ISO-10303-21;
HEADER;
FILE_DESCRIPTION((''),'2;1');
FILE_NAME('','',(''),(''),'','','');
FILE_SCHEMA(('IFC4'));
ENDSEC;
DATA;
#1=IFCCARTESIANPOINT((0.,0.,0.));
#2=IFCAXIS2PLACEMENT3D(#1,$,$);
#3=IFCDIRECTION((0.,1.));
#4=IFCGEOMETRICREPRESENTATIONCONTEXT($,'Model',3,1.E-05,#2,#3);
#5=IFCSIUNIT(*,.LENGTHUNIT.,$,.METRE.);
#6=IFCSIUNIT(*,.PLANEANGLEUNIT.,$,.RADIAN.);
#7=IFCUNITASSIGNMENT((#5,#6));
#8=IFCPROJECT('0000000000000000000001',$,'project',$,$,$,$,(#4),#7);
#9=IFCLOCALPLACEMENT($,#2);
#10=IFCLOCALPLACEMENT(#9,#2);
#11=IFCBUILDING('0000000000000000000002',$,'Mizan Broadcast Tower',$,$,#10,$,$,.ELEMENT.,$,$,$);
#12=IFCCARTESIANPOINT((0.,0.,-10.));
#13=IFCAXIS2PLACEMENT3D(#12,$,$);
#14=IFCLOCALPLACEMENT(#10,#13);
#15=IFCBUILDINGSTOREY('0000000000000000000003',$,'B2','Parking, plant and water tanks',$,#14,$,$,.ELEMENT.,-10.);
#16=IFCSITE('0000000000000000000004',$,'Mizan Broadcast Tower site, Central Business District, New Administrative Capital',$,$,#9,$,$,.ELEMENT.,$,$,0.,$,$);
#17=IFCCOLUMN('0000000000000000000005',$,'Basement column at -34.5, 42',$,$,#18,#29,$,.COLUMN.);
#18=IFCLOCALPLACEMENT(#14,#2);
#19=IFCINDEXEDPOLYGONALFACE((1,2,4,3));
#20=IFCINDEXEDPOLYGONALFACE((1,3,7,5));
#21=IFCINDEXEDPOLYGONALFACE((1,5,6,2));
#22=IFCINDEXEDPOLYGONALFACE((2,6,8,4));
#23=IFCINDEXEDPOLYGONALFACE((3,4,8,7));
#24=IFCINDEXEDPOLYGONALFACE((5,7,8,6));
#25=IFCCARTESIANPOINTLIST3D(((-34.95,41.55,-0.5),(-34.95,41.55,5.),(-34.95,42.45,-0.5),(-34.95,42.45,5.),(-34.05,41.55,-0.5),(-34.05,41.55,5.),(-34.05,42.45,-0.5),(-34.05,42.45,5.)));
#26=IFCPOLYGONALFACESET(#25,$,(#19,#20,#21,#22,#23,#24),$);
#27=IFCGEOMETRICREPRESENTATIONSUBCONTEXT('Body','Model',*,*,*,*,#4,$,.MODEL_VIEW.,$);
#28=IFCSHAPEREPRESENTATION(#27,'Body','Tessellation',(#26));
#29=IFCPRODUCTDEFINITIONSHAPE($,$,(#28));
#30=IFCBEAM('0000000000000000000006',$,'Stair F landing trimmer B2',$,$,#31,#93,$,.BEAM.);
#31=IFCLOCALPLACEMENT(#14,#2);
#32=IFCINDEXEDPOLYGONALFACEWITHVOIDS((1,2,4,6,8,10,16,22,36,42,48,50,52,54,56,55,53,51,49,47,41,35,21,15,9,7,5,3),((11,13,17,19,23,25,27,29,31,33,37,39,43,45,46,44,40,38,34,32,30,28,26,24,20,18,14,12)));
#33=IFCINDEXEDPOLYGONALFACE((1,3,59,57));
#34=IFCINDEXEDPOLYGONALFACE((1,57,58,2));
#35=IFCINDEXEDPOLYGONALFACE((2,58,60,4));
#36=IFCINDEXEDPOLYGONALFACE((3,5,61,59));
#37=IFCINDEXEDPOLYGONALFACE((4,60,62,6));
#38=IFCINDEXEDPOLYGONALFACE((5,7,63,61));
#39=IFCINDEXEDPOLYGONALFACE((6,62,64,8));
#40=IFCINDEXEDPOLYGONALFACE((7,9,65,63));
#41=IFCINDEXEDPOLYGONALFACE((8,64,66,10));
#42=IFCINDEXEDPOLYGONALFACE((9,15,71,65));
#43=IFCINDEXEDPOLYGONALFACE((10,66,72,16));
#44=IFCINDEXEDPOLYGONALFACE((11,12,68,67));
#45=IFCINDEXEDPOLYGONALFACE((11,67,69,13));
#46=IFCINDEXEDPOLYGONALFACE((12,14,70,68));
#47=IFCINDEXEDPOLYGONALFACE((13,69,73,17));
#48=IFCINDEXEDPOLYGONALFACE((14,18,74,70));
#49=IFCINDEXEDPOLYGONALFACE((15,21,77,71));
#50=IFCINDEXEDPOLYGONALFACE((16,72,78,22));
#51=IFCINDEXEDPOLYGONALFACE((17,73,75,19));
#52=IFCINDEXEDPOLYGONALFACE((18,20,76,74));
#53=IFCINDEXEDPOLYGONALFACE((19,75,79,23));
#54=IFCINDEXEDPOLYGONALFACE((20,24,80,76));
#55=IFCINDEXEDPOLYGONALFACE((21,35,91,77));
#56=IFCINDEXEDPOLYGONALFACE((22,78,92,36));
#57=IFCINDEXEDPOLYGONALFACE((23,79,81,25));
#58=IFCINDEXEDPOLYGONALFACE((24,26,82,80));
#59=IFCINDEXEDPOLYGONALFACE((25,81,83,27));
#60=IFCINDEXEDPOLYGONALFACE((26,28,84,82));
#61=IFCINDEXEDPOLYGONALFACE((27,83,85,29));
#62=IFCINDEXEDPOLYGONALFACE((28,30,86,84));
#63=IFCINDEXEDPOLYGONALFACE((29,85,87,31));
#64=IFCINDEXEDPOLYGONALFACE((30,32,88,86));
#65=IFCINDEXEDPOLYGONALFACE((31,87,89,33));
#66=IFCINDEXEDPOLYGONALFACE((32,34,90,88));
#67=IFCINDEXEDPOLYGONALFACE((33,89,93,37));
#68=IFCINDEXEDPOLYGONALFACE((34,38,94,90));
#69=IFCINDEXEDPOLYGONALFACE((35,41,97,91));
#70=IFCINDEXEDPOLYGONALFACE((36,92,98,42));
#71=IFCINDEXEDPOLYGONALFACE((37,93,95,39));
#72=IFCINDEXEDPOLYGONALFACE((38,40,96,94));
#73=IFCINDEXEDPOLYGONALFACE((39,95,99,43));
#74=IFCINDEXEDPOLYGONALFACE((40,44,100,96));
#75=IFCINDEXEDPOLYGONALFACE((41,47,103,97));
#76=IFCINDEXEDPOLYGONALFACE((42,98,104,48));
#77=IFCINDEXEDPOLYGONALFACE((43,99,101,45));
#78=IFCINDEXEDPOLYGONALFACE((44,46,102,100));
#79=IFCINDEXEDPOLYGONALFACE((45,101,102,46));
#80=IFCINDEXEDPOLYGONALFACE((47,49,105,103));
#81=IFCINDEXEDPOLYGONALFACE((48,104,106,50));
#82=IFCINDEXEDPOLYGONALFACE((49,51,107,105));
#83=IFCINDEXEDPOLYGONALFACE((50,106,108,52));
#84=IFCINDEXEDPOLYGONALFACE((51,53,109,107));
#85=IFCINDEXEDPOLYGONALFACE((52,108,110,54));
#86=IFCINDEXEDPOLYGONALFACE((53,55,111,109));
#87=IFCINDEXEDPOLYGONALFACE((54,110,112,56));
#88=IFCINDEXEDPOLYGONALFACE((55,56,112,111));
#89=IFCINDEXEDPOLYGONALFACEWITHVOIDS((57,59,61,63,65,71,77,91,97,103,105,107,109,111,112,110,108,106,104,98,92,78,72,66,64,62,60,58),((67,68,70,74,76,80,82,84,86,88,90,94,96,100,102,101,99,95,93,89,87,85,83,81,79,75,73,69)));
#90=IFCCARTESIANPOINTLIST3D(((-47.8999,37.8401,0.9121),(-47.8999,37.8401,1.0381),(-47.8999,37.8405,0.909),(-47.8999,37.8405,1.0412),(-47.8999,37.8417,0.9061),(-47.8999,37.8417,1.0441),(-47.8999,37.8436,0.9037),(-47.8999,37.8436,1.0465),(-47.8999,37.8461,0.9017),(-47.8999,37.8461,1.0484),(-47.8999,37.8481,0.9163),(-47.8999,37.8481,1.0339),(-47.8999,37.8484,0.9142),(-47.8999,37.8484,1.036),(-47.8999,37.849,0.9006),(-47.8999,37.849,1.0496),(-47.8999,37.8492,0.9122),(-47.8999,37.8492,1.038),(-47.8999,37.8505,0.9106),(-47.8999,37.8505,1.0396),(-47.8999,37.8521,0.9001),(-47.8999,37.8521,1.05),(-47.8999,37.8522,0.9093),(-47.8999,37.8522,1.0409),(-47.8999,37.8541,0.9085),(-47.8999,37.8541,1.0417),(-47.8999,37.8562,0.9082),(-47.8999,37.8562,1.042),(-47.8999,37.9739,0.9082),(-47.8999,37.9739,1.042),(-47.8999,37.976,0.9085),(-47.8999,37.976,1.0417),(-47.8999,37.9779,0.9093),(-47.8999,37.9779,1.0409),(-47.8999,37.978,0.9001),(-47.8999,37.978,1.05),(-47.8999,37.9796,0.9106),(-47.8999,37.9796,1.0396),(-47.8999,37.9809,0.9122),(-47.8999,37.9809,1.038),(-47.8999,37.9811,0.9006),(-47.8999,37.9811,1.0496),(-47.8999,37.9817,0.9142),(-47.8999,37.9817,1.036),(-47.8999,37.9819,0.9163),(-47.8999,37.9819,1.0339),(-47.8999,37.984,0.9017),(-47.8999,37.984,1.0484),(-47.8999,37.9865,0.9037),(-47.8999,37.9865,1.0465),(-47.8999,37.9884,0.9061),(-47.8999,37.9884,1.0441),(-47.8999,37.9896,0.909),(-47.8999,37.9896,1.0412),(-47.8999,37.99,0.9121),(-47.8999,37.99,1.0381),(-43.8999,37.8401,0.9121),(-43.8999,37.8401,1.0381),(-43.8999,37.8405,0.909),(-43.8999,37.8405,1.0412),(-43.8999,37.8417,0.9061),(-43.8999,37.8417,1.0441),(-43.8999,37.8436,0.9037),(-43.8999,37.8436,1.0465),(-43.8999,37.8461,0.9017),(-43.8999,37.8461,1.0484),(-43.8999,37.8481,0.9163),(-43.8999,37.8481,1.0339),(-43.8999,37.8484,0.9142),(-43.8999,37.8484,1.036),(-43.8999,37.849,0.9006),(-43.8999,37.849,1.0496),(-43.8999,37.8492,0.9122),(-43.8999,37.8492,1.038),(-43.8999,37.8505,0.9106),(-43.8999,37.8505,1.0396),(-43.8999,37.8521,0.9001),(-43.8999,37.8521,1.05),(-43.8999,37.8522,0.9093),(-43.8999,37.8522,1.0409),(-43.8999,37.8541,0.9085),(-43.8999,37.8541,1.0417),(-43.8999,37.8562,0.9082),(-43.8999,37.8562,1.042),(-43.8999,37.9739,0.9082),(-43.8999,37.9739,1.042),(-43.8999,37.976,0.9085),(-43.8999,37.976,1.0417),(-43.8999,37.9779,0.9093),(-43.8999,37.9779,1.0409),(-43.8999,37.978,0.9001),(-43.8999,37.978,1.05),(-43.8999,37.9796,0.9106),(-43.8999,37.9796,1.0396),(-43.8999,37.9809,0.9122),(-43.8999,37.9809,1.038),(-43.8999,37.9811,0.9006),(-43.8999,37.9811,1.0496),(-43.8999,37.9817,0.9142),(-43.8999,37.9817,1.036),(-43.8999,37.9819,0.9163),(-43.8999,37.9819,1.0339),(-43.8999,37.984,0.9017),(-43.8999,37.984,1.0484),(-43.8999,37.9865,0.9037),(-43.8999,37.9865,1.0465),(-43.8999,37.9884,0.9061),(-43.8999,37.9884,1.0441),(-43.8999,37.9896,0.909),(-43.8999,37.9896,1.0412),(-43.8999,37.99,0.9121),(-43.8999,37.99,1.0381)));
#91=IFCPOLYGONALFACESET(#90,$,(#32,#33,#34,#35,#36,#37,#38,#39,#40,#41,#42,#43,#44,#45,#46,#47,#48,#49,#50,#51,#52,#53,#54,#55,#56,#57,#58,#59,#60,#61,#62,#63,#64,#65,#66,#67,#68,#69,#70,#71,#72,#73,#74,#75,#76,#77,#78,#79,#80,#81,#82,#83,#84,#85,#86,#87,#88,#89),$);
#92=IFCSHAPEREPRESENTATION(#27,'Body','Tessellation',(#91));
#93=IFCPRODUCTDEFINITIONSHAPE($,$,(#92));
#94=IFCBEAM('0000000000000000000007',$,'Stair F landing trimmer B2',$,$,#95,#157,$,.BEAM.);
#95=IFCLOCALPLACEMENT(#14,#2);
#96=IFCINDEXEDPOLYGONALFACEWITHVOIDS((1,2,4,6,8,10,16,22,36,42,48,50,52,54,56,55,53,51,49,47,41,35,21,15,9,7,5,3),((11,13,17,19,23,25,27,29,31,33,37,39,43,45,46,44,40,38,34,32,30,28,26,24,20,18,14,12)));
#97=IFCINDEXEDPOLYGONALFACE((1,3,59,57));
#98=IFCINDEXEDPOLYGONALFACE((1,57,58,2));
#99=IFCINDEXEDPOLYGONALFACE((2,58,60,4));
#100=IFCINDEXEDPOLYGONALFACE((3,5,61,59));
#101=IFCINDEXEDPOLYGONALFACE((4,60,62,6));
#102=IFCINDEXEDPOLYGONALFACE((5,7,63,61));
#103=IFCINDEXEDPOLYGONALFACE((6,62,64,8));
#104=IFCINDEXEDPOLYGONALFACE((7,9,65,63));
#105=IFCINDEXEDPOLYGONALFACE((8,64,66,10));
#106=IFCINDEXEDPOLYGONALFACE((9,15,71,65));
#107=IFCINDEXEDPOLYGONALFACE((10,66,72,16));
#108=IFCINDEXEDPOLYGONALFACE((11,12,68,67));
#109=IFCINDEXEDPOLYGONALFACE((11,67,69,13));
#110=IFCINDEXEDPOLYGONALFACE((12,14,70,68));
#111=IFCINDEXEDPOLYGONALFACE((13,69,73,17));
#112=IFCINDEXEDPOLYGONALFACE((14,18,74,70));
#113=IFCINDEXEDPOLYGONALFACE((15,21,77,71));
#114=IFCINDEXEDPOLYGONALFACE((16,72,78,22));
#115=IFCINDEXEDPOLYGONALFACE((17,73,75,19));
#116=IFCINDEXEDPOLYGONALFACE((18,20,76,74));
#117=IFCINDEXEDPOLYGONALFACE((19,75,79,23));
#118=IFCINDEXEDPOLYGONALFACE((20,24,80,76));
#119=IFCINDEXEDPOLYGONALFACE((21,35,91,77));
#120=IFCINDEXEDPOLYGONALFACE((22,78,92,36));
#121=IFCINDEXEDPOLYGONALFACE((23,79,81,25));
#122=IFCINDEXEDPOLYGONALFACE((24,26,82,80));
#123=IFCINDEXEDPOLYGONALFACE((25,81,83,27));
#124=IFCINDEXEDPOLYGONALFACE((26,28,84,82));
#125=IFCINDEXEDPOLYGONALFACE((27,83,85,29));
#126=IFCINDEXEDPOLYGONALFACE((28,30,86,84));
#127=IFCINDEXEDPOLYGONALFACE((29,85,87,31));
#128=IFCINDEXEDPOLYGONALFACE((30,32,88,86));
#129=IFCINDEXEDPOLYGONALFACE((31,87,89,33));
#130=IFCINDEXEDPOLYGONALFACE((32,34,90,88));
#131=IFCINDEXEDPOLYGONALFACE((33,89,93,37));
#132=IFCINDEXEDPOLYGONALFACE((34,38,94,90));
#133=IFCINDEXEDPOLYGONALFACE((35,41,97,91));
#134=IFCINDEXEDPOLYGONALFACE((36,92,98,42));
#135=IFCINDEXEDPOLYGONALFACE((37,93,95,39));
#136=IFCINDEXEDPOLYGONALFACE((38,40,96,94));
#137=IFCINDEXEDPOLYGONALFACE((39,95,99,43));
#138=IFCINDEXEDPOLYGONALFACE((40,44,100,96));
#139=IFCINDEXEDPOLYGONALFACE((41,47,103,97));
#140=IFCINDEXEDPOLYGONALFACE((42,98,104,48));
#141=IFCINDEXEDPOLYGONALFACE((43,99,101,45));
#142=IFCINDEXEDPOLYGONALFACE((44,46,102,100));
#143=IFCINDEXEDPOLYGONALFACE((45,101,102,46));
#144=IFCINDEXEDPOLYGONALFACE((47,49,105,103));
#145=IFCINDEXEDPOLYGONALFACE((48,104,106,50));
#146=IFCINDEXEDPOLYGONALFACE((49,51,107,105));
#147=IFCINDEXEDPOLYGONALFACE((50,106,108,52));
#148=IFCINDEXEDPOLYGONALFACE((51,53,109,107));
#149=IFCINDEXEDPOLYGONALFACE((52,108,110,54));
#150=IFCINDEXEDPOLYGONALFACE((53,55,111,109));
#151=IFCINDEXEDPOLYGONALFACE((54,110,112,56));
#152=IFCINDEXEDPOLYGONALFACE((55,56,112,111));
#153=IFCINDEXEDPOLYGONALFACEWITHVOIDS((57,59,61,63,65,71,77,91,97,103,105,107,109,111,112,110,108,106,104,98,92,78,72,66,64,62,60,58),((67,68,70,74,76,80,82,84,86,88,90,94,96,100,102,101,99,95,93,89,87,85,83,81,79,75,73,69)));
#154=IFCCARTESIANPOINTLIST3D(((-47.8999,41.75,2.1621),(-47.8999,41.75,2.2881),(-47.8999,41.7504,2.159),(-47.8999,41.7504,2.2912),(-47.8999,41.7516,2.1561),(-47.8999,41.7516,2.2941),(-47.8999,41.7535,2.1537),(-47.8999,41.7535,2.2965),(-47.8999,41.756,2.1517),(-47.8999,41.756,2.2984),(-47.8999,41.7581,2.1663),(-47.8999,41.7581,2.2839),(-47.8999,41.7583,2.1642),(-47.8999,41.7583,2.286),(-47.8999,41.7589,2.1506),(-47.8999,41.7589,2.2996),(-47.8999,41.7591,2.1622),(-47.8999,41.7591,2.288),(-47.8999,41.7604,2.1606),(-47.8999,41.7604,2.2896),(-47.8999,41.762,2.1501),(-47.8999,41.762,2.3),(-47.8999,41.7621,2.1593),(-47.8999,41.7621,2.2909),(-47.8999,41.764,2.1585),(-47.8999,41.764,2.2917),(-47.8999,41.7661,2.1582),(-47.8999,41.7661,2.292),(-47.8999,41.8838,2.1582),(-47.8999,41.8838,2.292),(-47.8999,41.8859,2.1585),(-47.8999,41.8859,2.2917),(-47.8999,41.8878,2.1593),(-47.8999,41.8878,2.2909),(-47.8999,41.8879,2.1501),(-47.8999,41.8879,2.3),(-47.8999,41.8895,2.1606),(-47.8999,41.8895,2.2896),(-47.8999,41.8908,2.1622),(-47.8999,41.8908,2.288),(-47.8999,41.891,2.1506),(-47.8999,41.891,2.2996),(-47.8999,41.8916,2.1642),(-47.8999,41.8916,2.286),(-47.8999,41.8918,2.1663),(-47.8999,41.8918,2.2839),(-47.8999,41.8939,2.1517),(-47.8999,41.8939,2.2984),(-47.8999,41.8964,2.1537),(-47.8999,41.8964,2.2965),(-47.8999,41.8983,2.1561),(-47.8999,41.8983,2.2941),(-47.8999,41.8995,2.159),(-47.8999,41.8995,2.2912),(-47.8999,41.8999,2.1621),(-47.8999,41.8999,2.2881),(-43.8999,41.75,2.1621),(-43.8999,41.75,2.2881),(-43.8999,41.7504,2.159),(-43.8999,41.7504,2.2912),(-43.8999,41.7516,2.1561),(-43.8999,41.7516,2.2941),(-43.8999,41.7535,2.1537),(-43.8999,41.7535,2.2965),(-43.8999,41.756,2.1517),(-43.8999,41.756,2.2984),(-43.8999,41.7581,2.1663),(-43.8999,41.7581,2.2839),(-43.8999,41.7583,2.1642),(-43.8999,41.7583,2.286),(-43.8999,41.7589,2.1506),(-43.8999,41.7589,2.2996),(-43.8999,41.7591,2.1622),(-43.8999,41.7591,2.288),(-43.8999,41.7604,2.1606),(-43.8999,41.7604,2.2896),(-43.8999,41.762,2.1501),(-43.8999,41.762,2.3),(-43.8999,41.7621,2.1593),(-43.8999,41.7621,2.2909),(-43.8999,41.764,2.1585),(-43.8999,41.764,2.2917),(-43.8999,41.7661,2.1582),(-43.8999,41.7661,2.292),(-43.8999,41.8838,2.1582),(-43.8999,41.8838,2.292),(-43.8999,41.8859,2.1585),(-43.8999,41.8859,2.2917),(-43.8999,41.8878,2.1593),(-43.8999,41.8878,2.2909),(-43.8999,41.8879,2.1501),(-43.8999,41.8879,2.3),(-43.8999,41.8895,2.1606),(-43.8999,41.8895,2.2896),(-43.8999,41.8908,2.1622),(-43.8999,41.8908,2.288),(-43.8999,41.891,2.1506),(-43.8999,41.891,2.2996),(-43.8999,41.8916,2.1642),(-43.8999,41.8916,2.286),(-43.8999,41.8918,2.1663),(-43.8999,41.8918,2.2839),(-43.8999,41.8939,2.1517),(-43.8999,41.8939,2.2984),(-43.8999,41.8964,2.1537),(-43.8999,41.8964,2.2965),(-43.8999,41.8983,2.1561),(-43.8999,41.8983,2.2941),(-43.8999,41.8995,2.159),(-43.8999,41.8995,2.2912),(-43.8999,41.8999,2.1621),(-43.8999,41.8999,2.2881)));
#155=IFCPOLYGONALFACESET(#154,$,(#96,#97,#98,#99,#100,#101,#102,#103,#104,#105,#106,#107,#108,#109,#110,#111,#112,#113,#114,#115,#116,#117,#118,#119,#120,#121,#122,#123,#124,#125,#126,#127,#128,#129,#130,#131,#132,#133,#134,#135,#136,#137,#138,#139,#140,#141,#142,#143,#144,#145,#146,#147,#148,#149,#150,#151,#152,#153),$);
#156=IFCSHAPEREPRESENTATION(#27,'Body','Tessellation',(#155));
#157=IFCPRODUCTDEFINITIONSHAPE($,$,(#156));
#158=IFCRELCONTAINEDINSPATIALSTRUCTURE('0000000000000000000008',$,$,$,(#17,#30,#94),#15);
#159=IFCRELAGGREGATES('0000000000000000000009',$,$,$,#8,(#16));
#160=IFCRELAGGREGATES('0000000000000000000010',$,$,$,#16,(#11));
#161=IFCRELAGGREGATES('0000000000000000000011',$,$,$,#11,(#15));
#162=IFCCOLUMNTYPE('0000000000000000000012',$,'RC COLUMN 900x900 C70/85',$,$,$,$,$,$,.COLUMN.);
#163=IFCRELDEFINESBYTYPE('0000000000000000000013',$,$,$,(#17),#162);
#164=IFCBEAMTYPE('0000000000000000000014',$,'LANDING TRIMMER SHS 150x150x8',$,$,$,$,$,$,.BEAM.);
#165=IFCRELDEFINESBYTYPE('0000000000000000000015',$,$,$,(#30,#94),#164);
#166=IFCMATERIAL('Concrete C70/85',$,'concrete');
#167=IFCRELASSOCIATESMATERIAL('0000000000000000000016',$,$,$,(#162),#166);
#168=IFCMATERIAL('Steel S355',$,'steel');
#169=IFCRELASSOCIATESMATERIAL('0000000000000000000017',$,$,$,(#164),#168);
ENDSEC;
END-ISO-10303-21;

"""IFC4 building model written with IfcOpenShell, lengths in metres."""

from ifc_helpers import new_model, si_unit, direction, frame, origin, origin_2d, place, context, subcontext, project, spatial, rectangle, hollow_rectangle, extrude, material, material_profile, profile_set, type_object, element, save


model = new_model("IFC4")

# Units and contexts
model_context = context("Model", 3, precision=1e-05, world=origin(), true_north=direction((0.0, 1.0)))
body_context = subcontext(model_context, "Body", "Model", "MODEL_VIEW")
ifc_project = project(units=[si_unit("LENGTHUNIT", "METRE"), si_unit("PLANEANGLEUNIT", "RADIAN")], contexts=[model_context])

# Site, building, storey
site_placement = place(None, origin())
site = spatial("IfcSite", under=ifc_project, at=site_placement, Name="Mizan Broadcast Tower site, Central Business District, New Administrative Capital", CompositionType="ELEMENT", RefElevation=0.0)
building_placement = place(site_placement, origin())
building = spatial("IfcBuilding", under=site, at=building_placement, Name="Mizan Broadcast Tower", CompositionType="ELEMENT")
storey_placement = place(building_placement, frame((0.0, 0.0, -10.0)))
storey = spatial("IfcBuildingStorey", under=building, at=storey_placement, Name="B2", Description="Parking, plant and water tanks", CompositionType="ELEMENT", Elevation=-10.0)

# Column
ifc_material_1 = material(Name="Concrete C70/85", Category="concrete")
ifc_material_profile_1 = material_profile(ifc_material_1, rectangle(XDim=0.8999, YDim=0.8999, at=origin_2d()), Name="RC 900x900")
ifc_profile_set_1 = profile_set([ifc_material_profile_1], Name="Concrete C70/85")
column_type = type_object("IfcColumnType", Name="RC COLUMN 900x900 C70/85", PredefinedType="COLUMN", material=ifc_profile_set_1)
for number, where, z_axis, x_axis, name in (
    (1, (-34.5, 42.0, -0.5), (0.0, 0.0, 1.0), (1.0, 0.0, 0.0), "Basement column at -34.5, 42"),
):
    element("IfcColumn", number, at=place(storey_placement, frame(where, z_axis=z_axis, x_axis=x_axis)), inside=storey, type_object=column_type, Name=name, PredefinedType="COLUMN", context=body_context, shape_type="SweptSolid", body=[
        extrude(rectangle(XDim=0.8999, YDim=0.8999, at=origin_2d()), origin(), (0.0, 0.0, 1.0), 5.5),
    ])

# Beams
ifc_material_2 = material(Name="Steel S355", Category="steel")
ifc_material_profile_2 = material_profile(ifc_material_2, hollow_rectangle(XDim=0.1499, YDim=0.1499, WallThickness=0.0081, InnerFilletRadius=0.0081, OuterFilletRadius=0.012, at=origin_2d()), Name="SHS 150x150x8")
ifc_profile_set_2 = profile_set([ifc_material_profile_2], Name="Steel S355")
beam_type = type_object("IfcBeamType", Name="LANDING TRIMMER SHS 150x150x8", PredefinedType="BEAM", material=ifc_profile_set_2)
for number, where, z_axis, x_axis, name in (
    (2, (-43.8999, 37.915, 0.9751), (-1.0, 0.0, 0.0), (0.0, -1.0, 0.0), "Stair F landing trimmer B2"),
    (3, (-43.8999, 41.825, 2.2251), (-1.0, 0.0, 0.0), (0.0, -1.0, 0.0), "Stair F landing trimmer B2"),
):
    element("IfcBeam", number, at=place(storey_placement, frame(where, z_axis=z_axis, x_axis=x_axis)), inside=storey, type_object=beam_type, Name=name, PredefinedType="BEAM", context=body_context, shape_type="SweptSolid", body=[
        extrude(hollow_rectangle(XDim=0.1499, YDim=0.1499, WallThickness=0.0081, InnerFilletRadius=0.0081, OuterFilletRadius=0.012, at=origin_2d()), origin(), (0.0, 0.0, 1.0), 4.0),
    ])

save(model, "model.ifc")
